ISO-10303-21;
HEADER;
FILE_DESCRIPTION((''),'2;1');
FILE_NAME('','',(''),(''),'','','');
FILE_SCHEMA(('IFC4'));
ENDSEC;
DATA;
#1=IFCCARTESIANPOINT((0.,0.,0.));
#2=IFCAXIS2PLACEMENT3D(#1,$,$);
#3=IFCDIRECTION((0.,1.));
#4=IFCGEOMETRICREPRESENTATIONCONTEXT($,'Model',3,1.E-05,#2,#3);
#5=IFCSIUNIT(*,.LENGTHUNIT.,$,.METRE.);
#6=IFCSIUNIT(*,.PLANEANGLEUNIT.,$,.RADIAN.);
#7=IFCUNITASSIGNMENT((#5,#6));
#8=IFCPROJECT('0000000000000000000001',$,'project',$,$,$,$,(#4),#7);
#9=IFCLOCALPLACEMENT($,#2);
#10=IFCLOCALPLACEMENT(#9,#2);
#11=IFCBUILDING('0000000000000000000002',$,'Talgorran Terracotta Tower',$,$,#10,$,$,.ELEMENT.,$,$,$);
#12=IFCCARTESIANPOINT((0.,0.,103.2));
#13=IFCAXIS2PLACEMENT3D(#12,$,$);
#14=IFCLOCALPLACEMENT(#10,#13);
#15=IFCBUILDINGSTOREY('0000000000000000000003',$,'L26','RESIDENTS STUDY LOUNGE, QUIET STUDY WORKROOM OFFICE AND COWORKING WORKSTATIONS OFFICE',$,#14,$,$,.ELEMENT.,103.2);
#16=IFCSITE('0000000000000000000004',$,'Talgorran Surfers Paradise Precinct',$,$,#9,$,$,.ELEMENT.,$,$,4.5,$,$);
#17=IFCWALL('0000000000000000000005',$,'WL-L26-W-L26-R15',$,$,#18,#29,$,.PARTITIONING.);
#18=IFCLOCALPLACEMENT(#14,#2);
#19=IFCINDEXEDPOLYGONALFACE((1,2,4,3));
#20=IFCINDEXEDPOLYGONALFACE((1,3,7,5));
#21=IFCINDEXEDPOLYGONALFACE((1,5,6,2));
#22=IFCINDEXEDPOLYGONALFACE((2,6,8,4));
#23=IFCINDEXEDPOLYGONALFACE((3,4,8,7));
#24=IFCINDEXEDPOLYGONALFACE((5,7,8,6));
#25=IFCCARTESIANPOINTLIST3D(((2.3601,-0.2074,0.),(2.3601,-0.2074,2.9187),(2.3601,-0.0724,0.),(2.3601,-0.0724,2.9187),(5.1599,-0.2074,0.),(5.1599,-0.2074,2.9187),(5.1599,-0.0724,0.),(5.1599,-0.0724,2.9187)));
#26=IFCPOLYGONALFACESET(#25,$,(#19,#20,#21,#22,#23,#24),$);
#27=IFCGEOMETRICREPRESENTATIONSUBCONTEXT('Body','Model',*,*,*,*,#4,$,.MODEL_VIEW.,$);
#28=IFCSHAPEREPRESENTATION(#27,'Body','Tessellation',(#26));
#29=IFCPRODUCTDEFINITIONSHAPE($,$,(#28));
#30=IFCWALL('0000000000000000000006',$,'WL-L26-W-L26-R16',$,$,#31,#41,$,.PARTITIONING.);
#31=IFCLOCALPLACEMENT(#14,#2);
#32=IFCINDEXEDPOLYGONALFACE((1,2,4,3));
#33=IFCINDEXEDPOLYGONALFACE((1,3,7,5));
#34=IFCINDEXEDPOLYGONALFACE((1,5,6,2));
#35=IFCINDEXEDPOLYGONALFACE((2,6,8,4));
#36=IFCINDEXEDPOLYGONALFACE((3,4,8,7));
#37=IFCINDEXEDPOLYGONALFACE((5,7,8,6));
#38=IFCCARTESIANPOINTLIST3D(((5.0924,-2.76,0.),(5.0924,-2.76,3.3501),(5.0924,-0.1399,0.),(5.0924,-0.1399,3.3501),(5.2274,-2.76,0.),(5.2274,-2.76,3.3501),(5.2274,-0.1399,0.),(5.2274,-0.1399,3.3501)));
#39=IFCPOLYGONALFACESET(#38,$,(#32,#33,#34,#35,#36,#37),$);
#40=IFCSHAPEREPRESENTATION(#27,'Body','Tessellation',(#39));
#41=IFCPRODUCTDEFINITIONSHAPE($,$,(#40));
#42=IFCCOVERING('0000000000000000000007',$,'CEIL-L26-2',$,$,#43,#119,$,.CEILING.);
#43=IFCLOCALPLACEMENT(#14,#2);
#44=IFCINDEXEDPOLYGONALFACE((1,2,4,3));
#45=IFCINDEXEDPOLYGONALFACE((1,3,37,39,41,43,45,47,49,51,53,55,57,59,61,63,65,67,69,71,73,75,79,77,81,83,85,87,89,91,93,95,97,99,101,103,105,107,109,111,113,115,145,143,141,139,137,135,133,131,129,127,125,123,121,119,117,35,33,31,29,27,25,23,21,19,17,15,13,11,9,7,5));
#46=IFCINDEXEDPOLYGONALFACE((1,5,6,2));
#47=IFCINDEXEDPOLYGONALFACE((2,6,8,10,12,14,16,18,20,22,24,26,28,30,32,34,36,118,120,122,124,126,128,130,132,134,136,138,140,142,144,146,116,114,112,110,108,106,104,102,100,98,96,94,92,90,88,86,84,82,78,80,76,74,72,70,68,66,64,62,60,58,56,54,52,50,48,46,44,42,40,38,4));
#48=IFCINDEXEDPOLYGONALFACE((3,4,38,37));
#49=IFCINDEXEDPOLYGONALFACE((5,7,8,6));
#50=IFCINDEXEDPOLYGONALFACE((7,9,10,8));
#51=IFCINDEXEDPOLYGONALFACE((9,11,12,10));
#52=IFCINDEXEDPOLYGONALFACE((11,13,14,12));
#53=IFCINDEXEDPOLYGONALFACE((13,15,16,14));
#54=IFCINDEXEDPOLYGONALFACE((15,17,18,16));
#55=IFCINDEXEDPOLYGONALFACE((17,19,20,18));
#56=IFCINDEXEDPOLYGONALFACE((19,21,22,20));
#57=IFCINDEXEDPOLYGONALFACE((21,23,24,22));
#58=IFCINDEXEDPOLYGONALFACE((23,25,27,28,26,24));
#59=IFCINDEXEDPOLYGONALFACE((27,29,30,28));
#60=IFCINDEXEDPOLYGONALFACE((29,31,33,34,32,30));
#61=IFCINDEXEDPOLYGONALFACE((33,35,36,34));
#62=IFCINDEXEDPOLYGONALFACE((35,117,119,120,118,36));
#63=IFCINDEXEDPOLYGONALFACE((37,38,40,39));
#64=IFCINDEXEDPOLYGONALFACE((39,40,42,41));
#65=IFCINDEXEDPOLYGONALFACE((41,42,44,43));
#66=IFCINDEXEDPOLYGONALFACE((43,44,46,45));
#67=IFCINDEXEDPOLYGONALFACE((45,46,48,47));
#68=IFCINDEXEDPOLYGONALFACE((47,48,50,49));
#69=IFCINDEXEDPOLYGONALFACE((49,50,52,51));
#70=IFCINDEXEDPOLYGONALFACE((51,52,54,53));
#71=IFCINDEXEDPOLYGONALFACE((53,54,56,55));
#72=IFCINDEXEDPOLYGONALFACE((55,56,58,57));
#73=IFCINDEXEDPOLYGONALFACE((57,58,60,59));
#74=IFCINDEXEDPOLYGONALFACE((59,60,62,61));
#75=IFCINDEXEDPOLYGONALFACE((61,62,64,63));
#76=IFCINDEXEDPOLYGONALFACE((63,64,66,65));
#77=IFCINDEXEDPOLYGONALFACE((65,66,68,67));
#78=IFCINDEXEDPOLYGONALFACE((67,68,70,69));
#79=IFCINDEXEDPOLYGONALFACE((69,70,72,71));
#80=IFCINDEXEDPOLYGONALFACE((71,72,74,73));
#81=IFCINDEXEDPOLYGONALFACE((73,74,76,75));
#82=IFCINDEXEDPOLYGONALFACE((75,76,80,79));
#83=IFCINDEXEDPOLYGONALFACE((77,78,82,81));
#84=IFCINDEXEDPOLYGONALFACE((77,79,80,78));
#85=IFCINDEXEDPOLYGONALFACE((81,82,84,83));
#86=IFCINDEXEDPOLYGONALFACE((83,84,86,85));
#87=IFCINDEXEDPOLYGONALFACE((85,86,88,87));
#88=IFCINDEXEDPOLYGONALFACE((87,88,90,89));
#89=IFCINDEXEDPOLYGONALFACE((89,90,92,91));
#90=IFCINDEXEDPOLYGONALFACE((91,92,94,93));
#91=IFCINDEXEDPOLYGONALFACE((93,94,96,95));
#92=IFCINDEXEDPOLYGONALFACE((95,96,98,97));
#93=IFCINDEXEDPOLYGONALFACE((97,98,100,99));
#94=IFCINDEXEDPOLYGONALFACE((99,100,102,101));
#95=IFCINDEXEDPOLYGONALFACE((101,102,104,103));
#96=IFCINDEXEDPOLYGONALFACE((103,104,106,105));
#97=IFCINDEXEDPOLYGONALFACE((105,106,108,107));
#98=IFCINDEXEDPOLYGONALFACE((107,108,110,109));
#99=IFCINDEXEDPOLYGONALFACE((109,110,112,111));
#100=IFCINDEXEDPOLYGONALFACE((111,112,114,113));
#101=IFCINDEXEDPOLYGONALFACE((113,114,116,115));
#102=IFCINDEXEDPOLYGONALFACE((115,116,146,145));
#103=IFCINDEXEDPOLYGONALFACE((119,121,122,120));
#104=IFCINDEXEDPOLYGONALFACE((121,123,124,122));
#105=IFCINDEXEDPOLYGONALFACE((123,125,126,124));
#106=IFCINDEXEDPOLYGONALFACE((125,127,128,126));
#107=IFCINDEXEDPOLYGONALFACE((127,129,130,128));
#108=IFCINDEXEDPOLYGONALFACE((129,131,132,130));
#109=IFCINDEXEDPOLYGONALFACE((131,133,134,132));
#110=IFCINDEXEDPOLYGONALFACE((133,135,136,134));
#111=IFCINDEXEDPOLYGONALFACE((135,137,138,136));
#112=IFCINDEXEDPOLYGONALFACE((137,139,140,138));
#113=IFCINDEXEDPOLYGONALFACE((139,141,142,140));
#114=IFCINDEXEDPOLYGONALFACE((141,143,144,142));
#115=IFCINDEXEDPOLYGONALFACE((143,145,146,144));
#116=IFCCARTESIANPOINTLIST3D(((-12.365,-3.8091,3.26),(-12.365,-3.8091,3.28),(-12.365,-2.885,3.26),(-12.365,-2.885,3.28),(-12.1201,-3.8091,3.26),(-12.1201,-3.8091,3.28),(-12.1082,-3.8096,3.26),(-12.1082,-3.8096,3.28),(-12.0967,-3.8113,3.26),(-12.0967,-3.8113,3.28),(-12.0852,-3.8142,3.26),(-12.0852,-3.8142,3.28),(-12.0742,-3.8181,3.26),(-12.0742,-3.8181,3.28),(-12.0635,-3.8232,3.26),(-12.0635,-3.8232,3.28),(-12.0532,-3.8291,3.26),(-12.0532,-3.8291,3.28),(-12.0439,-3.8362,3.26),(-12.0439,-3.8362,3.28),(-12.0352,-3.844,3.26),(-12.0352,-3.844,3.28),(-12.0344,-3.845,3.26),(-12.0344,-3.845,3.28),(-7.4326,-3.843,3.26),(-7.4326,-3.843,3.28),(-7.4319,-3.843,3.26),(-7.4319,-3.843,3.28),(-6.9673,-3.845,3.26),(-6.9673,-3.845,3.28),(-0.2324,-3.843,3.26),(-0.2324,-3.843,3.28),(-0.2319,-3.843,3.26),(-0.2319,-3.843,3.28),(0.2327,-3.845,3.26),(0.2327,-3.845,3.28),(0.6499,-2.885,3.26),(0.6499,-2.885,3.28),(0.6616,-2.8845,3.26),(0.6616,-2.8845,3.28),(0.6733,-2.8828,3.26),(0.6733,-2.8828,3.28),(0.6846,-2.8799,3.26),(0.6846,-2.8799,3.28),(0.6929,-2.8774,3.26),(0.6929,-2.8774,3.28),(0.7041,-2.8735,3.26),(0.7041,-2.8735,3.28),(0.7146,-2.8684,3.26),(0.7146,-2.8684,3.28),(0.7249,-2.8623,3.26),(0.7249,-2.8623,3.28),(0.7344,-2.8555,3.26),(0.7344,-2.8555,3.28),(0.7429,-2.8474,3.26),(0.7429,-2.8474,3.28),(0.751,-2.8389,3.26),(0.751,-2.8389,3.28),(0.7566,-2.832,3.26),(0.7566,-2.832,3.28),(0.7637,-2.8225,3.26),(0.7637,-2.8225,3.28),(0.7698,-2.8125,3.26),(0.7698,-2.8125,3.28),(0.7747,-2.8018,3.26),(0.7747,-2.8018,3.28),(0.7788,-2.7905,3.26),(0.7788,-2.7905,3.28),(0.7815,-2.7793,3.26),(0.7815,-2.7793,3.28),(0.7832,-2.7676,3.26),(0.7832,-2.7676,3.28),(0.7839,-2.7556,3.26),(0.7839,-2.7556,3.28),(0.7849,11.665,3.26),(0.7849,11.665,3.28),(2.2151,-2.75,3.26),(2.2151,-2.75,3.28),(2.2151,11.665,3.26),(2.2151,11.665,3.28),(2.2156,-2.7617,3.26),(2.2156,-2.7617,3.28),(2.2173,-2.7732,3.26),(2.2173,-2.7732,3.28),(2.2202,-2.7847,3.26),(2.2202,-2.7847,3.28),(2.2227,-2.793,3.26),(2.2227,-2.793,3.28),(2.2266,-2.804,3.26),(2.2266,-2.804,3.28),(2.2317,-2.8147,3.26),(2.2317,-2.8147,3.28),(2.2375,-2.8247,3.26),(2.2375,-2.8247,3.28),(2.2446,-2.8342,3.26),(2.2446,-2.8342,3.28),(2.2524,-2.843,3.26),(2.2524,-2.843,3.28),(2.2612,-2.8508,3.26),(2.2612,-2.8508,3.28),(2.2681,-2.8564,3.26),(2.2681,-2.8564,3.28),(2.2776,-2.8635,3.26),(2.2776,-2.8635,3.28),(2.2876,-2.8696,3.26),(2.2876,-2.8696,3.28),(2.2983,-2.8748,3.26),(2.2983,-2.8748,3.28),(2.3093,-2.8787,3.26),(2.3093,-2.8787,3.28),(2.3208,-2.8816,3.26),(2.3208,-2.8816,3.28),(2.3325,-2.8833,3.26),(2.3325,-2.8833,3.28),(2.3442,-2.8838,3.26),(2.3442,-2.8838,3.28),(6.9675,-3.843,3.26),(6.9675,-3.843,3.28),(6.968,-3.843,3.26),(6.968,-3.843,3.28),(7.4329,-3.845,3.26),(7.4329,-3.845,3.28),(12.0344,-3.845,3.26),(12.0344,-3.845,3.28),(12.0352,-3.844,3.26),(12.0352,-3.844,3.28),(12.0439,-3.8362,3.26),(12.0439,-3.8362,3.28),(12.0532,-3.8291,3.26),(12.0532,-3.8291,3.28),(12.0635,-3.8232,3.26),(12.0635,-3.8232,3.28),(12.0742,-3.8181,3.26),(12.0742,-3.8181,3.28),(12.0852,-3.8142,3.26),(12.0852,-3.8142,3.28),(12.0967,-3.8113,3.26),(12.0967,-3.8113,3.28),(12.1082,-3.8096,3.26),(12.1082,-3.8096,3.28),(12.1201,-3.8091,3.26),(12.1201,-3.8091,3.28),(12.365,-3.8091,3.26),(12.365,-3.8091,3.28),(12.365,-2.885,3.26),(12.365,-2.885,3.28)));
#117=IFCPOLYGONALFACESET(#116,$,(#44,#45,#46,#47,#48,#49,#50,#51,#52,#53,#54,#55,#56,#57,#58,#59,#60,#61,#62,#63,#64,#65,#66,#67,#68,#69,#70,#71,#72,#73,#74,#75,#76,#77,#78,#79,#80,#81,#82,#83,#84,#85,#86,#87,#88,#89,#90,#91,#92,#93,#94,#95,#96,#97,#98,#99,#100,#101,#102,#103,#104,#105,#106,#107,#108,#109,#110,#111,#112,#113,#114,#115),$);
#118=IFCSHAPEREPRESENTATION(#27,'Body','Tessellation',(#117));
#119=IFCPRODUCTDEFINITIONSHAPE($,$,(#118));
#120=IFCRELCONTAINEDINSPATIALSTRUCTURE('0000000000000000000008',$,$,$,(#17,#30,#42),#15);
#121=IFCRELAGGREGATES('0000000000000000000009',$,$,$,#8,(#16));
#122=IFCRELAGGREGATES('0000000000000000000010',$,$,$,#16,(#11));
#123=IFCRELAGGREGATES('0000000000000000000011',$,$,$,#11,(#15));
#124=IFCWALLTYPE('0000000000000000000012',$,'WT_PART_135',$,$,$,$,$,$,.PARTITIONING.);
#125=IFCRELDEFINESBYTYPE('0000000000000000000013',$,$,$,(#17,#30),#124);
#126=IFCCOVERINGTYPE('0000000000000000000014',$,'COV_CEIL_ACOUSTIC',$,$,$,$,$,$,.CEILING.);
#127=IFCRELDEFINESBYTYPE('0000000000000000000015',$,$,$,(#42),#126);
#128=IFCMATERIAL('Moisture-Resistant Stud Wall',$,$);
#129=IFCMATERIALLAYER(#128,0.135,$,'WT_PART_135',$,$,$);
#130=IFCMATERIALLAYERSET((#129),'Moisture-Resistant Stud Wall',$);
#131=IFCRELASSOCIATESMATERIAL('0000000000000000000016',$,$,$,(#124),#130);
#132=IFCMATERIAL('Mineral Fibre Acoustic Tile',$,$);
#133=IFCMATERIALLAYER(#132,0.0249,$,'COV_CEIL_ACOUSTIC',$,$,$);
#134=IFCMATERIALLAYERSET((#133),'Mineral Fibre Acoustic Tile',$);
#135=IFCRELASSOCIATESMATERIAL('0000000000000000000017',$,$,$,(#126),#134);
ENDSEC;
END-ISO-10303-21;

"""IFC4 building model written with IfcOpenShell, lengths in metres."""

from ifc_helpers import new_model, si_unit, direction, frame, frame_2d, origin, place, context, subcontext, project, spatial, polyline, rectangle, outline, extrude, material, layer, layer_set, type_object, element, save


model = new_model("IFC4")

# Units and contexts
model_context = context("Model", 3, precision=1e-05, world=origin(), true_north=direction((0.0, 1.0)))
body_context = subcontext(model_context, "Body", "Model", "MODEL_VIEW")
ifc_project = project(units=[si_unit("LENGTHUNIT", "METRE"), si_unit("PLANEANGLEUNIT", "RADIAN")], contexts=[model_context])

# Site, building, storey
site_placement = place(None, origin())
site = spatial("IfcSite", under=ifc_project, at=site_placement, Name="Talgorran Surfers Paradise Precinct", CompositionType="ELEMENT", RefElevation=4.5)
building_placement = place(site_placement, origin())
building = spatial("IfcBuilding", under=site, at=building_placement, Name="Talgorran Terracotta Tower", CompositionType="ELEMENT")
storey_placement = place(building_placement, frame((0.0, 0.0, 103.2)))
storey = spatial("IfcBuildingStorey", under=building, at=storey_placement, Name="L26", Description="RESIDENTS STUDY LOUNGE, QUIET STUDY WORKROOM OFFICE AND COWORKING WORKSTATIONS OFFICE", CompositionType="ELEMENT", Elevation=103.2)

# Walls
ifc_material_1 = material(Name="Moisture-Resistant Stud Wall")
ifc_layer_1 = layer(ifc_material_1, 0.135, Name="WT_PART_135")
ifc_layer_set_1 = layer_set([ifc_layer_1], Name="Moisture-Resistant Stud Wall")
wall_type_1 = type_object("IfcWallType", Name="WT_PART_135", PredefinedType="PARTITIONING", material=ifc_layer_set_1)
wall_1_placement = place(storey_placement, frame((2.3601, -0.1399, 0.0), z_axis=(0.0, 0.0, 1.0), x_axis=(1.0, 0.0, 0.0)))
element("IfcWall", 1, at=wall_1_placement, inside=storey, type_object=wall_type_1, Name="WL-L26-W-L26-R15", PredefinedType="PARTITIONING", context=body_context, shape_type="SweptSolid", body=[
    extrude(rectangle(XDim=2.7998, YDim=0.135, at=frame_2d((1.3999, 0.0))), origin(), (0.0, 0.0, 1.0), 2.9187),
])
wall_2_placement = place(storey_placement, frame((5.1599, -2.76, 0.0), z_axis=(0.0, 0.0, 1.0), x_axis=(0.0, 1.0, 0.0)))
element("IfcWall", 2, at=wall_2_placement, inside=storey, type_object=wall_type_1, Name="WL-L26-W-L26-R16", PredefinedType="PARTITIONING", context=body_context, shape_type="SweptSolid", body=[
    extrude(rectangle(XDim=2.6201, YDim=0.135, at=frame_2d((1.3101, 0.0))), origin(), (0.0, 0.0, 1.0), 3.3501),
])

# Covering
ifc_material_2 = material(Name="Mineral Fibre Acoustic Tile")
ifc_layer_2 = layer(ifc_material_2, 0.0249, Name="COV_CEIL_ACOUSTIC")
ifc_layer_set_2 = layer_set([ifc_layer_2], Name="Mineral Fibre Acoustic Tile")
covering_type_1 = type_object("IfcCoveringType", Name="COV_CEIL_ACOUSTIC", PredefinedType="CEILING", material=ifc_layer_set_2)
covering_1_placement = place(storey_placement, frame((0.0, 0.0, 3.26)))
element("IfcCovering", 3, at=covering_1_placement, inside=storey, type_object=covering_type_1, Name="CEIL-L26-2", PredefinedType="CEILING", context=body_context, shape_type="SweptSolid", body=[
    extrude(outline(polyline([(-12.365, -2.885), (0.6499, -2.885), (0.6616, -2.8845), (0.6733, -2.8828), (0.6846, -2.8799), (0.6929, -2.8774), (0.7041, -2.8735), (0.7146, -2.8684), (0.7249, -2.8623), (0.7344, -2.8555), (0.7429, -2.8474), (0.751, -2.8389), (0.7566, -2.832), (0.7637, -2.8225), (0.7698, -2.8125), (0.7747, -2.8018), (0.7788, -2.7905), (0.7815, -2.7793), (0.7832, -2.7676), (0.7839, -2.7556), (0.7849, 11.665), (2.2151, 11.665), (2.2151, -2.75), (2.2156, -2.7617), (2.2173, -2.7732), (2.2202, -2.7847), (2.2227, -2.793), (2.2266, -2.804), (2.2317, -2.8147), (2.2375, -2.8247), (2.2446, -2.8342), (2.2524, -2.843), (2.2612, -2.8508), (2.2681, -2.8564), (2.2776, -2.8635), (2.2876, -2.8696), (2.2983, -2.8748), (2.3093, -2.8787), (2.3208, -2.8816), (2.3325, -2.8833), (2.3442, -2.8838), (12.365, -2.885), (12.365, -3.8091), (12.1201, -3.8091), (12.1082, -3.8096), (12.0967, -3.8113), (12.0852, -3.8142), (12.0742, -3.8181), (12.0635, -3.8232), (12.0532, -3.8291), (12.0439, -3.8362), (12.0352, -3.844), (12.0344, -3.845), (7.4329, -3.845), (6.968, -3.843), (6.9675, -3.843), (0.2327, -3.845), (-0.2319, -3.843), (-0.2324, -3.843), (-6.9673, -3.845), (-7.4319, -3.843), (-7.4326, -3.843), (-12.0344, -3.845), (-12.0352, -3.844), (-12.0439, -3.8362), (-12.0532, -3.8291), (-12.0635, -3.8232), (-12.0742, -3.8181), (-12.0852, -3.8142), (-12.0967, -3.8113), (-12.1082, -3.8096), (-12.1201, -3.8091), (-12.365, -3.8091), (-12.365, -2.885)])), origin(), (0.0, 0.0, 1.0), 0.02),
])

save(model, "model.ifc")
